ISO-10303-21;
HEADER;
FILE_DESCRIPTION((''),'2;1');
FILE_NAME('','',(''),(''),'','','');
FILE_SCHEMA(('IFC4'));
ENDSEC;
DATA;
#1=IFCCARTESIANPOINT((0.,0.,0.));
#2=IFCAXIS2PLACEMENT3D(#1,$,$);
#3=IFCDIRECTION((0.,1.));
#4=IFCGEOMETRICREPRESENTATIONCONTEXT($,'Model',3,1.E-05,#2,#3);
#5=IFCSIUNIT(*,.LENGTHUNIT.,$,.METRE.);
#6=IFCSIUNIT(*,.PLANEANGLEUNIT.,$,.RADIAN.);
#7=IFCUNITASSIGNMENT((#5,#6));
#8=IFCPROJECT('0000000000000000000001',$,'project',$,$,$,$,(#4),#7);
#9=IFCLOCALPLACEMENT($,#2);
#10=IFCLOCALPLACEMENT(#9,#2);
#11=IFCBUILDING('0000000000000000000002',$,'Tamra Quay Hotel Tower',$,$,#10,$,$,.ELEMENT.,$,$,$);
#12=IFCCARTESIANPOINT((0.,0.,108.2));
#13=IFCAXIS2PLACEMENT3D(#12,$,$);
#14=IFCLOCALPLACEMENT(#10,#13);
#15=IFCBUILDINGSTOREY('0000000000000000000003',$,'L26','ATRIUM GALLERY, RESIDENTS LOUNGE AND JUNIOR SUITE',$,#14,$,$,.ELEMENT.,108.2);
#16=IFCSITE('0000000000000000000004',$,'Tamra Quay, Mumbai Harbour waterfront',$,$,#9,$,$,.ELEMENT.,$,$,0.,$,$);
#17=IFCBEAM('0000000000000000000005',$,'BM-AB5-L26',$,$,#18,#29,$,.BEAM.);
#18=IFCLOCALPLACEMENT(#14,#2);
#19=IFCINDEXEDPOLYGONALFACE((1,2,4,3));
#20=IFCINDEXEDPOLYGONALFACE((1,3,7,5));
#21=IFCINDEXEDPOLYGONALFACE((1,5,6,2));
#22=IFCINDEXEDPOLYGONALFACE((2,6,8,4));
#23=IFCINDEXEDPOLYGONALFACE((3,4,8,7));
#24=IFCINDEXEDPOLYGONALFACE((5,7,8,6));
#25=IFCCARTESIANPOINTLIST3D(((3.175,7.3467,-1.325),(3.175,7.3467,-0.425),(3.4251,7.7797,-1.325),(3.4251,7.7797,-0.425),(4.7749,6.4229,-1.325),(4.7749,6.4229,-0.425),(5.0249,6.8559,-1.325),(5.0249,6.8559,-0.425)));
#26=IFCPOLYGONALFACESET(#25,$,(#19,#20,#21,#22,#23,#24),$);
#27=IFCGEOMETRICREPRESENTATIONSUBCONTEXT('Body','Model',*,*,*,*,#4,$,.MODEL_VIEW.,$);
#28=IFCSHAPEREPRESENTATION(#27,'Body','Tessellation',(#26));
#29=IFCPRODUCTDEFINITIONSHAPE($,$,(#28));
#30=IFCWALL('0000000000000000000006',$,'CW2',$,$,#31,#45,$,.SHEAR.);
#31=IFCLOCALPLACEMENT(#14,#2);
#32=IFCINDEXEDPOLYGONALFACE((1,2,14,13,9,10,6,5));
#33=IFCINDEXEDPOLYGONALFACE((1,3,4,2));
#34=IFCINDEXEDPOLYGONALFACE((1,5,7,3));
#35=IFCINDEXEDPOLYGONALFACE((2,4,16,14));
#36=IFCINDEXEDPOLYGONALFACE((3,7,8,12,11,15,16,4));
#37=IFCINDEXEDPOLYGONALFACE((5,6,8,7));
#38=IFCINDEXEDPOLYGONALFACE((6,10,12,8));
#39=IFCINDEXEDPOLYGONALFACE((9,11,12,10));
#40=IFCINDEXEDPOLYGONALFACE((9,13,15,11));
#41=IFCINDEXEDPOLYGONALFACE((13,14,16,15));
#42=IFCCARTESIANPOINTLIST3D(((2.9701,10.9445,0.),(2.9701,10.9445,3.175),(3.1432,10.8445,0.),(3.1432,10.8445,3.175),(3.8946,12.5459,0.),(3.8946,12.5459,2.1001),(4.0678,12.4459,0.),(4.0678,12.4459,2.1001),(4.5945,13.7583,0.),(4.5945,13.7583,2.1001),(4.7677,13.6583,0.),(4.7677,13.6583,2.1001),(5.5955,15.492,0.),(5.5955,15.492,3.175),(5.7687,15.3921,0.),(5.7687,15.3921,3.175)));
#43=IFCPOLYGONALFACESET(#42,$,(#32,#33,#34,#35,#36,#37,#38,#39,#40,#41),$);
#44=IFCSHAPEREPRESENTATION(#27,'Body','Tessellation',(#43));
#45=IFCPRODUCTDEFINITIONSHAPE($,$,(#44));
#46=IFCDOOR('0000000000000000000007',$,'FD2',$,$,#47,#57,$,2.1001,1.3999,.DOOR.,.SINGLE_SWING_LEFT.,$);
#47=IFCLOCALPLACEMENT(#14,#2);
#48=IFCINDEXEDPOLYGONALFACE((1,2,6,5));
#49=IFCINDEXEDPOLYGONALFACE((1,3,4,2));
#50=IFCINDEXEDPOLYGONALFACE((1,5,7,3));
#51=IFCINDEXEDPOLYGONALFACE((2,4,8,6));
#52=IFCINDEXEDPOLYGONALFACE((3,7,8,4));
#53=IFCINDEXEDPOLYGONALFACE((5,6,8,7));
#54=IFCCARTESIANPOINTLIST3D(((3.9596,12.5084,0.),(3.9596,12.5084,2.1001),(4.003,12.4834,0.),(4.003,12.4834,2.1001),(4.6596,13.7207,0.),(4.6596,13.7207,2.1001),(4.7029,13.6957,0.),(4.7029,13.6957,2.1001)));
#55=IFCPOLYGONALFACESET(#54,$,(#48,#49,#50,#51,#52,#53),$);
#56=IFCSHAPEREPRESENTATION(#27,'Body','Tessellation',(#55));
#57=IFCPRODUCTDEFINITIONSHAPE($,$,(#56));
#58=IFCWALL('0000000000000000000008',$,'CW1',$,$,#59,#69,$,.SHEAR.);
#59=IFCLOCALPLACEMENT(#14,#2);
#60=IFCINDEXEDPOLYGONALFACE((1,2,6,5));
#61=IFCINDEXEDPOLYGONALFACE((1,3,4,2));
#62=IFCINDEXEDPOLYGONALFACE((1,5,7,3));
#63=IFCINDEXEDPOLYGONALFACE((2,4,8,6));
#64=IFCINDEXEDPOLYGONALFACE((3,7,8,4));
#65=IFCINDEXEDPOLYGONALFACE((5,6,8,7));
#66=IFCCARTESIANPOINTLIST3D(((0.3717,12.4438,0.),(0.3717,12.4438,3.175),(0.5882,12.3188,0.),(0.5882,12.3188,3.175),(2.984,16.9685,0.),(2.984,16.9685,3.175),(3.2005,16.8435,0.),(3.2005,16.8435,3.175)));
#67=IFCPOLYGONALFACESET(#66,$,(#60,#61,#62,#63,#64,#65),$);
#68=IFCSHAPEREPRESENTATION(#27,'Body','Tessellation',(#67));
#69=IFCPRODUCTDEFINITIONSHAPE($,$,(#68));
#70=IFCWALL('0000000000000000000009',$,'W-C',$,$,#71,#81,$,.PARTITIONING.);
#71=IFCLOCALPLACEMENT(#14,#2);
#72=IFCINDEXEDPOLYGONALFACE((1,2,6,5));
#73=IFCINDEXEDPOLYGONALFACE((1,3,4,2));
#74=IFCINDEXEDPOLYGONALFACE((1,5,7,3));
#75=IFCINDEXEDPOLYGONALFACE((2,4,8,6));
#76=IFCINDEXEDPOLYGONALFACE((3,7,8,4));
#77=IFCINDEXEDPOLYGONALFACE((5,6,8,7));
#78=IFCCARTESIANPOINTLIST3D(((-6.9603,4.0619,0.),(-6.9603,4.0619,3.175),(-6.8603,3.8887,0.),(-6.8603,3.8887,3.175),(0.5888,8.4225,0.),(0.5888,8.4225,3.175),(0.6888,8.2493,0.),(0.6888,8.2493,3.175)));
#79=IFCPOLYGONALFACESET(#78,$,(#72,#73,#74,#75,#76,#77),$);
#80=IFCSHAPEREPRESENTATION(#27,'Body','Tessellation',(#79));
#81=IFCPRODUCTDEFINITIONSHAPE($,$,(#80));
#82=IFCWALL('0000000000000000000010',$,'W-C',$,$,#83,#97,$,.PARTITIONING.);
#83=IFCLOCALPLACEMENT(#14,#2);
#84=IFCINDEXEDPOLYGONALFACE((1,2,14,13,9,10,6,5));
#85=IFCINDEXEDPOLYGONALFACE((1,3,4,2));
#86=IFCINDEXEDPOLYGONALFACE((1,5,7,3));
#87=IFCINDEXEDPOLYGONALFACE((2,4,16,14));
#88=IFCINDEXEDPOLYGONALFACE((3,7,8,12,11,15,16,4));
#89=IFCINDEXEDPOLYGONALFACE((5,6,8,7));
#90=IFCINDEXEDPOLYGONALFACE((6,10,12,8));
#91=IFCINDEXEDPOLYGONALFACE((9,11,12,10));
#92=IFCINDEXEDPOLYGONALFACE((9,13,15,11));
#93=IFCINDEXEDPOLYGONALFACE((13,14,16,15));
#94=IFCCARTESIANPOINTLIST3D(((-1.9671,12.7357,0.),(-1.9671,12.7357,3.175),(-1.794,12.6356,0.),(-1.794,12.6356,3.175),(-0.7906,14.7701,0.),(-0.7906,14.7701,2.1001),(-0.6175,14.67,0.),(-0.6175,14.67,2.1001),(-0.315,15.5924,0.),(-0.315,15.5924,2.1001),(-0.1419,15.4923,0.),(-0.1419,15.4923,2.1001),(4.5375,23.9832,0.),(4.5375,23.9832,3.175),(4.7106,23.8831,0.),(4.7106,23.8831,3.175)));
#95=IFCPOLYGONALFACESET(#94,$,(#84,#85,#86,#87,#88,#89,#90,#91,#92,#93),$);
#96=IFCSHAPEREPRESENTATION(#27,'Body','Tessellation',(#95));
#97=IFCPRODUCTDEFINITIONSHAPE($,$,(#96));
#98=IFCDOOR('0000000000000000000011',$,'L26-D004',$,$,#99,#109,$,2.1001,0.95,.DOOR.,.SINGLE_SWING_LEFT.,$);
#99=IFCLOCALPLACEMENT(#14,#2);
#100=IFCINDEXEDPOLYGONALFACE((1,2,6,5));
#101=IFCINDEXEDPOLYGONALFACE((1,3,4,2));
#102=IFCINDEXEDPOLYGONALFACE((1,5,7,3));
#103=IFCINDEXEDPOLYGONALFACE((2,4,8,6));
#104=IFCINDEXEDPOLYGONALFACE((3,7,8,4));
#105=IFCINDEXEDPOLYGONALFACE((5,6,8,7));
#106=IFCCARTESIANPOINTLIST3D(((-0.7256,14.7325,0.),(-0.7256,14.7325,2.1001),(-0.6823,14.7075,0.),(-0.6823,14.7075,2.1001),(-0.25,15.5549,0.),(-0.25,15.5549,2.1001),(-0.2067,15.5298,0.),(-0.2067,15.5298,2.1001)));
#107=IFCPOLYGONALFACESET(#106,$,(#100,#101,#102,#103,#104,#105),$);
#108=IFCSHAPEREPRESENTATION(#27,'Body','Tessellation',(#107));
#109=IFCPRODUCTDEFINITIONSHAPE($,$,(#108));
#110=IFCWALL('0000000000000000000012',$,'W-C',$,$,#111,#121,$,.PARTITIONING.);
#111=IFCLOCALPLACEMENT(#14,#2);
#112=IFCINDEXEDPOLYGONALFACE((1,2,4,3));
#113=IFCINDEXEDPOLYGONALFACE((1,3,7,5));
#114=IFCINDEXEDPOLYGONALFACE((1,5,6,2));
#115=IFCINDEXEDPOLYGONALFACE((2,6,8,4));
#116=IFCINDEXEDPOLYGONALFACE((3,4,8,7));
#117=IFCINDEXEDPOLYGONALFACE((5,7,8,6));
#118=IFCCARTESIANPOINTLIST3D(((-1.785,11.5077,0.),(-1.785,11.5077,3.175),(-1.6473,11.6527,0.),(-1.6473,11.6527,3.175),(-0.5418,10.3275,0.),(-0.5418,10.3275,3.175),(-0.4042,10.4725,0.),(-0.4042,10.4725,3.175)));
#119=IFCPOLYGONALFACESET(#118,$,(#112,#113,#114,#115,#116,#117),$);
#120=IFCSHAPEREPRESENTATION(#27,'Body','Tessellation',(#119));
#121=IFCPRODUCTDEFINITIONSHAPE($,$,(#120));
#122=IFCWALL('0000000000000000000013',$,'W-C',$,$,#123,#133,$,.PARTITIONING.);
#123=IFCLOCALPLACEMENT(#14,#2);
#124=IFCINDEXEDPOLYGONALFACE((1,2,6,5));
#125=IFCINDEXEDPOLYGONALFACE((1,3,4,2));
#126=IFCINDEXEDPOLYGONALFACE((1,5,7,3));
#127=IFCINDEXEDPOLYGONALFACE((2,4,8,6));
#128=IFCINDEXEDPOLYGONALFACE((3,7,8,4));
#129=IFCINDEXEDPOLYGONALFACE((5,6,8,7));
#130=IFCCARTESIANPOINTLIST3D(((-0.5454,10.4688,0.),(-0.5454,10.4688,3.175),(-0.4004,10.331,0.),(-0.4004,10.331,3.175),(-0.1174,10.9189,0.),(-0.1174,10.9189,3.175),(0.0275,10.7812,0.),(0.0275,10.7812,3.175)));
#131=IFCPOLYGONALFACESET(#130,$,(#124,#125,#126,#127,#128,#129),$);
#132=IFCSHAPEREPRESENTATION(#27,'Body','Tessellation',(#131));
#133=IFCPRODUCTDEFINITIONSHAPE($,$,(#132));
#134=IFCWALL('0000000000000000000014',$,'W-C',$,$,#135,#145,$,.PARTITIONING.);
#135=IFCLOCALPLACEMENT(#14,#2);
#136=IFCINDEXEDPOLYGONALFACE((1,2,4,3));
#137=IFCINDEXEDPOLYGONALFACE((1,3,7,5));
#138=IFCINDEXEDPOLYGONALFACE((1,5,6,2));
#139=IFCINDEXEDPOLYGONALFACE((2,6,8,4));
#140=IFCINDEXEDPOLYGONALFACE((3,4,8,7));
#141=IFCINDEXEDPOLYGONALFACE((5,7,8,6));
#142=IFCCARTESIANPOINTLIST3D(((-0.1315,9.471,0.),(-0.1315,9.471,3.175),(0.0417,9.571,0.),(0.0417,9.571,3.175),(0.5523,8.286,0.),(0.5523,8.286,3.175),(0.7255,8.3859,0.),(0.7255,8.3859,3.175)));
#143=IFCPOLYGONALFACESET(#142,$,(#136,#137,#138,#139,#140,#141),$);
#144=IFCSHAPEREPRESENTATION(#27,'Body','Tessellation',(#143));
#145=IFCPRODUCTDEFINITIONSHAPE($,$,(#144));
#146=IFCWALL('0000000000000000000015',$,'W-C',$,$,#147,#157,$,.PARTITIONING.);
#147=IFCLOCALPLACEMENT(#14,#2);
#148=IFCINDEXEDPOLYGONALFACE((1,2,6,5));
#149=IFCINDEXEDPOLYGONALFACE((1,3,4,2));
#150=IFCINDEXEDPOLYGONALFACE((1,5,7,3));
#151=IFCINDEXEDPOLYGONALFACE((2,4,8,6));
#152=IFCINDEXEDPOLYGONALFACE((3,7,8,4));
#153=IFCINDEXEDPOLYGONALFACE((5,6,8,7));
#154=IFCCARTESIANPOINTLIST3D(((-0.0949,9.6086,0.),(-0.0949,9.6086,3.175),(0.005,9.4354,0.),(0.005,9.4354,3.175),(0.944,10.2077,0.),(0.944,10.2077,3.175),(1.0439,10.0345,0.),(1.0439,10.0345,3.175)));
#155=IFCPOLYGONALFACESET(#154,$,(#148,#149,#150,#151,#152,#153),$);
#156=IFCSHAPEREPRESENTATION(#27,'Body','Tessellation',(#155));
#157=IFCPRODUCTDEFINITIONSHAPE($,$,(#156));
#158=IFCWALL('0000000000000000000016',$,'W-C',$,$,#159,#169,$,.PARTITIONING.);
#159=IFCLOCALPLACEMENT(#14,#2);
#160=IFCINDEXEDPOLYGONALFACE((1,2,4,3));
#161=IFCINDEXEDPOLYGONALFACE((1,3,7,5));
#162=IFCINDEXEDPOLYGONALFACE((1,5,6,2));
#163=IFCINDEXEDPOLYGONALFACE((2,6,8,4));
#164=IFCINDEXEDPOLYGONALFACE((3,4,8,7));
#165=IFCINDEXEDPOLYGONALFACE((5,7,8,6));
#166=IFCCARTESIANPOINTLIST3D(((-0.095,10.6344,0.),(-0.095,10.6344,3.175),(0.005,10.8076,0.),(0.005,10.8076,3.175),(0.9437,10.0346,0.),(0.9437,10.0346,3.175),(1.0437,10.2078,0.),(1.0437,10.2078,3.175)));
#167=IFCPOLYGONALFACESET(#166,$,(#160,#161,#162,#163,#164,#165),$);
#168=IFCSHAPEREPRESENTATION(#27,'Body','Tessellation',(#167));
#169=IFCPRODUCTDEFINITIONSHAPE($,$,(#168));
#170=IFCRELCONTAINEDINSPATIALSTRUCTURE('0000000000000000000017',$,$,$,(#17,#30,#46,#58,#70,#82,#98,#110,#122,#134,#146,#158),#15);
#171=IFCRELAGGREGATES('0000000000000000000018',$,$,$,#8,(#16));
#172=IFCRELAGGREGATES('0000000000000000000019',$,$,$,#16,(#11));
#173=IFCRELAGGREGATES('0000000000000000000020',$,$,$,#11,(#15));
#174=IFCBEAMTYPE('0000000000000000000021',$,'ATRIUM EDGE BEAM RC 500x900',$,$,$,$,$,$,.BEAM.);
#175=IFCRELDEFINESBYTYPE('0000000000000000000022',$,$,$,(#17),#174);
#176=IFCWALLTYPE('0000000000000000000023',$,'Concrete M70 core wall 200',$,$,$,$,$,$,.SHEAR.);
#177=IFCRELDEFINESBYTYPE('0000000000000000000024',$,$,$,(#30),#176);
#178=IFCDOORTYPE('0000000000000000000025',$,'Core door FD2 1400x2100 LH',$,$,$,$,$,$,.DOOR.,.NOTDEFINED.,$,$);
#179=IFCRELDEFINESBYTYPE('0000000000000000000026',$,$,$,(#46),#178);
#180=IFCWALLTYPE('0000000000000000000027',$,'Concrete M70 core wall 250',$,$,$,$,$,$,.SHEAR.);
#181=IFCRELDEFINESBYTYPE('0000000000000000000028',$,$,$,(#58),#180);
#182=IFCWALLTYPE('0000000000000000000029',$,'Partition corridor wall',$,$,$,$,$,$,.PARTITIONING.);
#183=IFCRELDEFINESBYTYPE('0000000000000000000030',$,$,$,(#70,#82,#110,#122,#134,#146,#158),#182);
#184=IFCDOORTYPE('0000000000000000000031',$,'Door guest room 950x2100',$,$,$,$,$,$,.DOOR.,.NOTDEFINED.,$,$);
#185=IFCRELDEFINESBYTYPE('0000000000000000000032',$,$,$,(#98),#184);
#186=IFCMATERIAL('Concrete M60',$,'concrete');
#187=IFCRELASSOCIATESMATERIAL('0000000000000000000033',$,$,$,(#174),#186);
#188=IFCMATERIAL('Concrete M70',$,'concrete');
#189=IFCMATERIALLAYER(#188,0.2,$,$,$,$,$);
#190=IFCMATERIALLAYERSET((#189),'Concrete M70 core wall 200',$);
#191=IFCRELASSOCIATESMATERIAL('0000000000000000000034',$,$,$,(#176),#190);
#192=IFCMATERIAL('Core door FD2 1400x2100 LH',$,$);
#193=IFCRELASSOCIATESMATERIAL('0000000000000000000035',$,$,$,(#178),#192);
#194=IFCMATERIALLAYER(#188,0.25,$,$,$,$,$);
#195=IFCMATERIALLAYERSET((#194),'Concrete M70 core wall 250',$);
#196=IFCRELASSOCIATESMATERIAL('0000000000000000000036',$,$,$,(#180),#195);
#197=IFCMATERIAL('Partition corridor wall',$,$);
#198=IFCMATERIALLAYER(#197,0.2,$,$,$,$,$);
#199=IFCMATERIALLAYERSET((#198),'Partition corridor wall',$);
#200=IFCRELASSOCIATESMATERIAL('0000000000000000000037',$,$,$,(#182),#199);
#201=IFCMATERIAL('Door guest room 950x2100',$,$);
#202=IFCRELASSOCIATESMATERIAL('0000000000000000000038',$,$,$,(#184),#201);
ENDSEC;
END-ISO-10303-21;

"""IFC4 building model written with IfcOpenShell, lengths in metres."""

from ifc_helpers import new_model, si_unit, direction, frame, frame_2d, origin, origin_2d, place, context, subcontext, project, spatial, rectangle, extrude, material, layer, layer_set, material_profile, profile_set, type_object, element, fill, save


model = new_model("IFC4")

# Units and contexts
model_context = context("Model", 3, precision=1e-05, world=origin(), true_north=direction((0.0, 1.0)))
body_context = subcontext(model_context, "Body", "Model", "MODEL_VIEW")
ifc_project = project(units=[si_unit("LENGTHUNIT", "METRE"), si_unit("PLANEANGLEUNIT", "RADIAN")], contexts=[model_context])

# Site, building, storey
site_placement = place(None, origin())
site = spatial("IfcSite", under=ifc_project, at=site_placement, Name="Tamra Quay, Mumbai Harbour waterfront", CompositionType="ELEMENT", RefElevation=0.0)
building_placement = place(site_placement, origin())
building = spatial("IfcBuilding", under=site, at=building_placement, Name="Tamra Quay Hotel Tower", CompositionType="ELEMENT")
storey_placement = place(building_placement, frame((0.0, 0.0, 108.2)))
storey = spatial("IfcBuildingStorey", under=building, at=storey_placement, Name="L26", Description="ATRIUM GALLERY, RESIDENTS LOUNGE AND JUNIOR SUITE", CompositionType="ELEMENT", Elevation=108.2)

# Beam
ifc_material_1 = material(Name="Concrete M60", Category="concrete")
ifc_material_profile = material_profile(ifc_material_1, rectangle(XDim=0.5, YDim=0.8999, at=origin_2d()), Name="ATRIUM EDGE BEAM RC 500x900")
ifc_profile_set = profile_set([ifc_material_profile], Name="Concrete M60")
beam_type = type_object("IfcBeamType", Name="ATRIUM EDGE BEAM RC 500x900", PredefinedType="BEAM", material=ifc_profile_set)
beam_placement = place(storey_placement, frame((3.3, 7.5632, -0.875), z_axis=(0.86599, -0.500062, 0.0), x_axis=(0.500062, 0.86599, 0.0)))
element("IfcBeam", 1, at=beam_placement, inside=storey, type_object=beam_type, Name="BM-AB5-L26", PredefinedType="BEAM", context=body_context, shape_type="SweptSolid", body=[
    extrude(rectangle(XDim=0.5, YDim=0.8999, at=origin_2d()), origin(), (0.0, 0.0, 1.0), 1.8474),
])

# Wall, opening, door
ifc_material_2 = material(Name="Concrete M70", Category="concrete")
ifc_layer_1 = layer(ifc_material_2, 0.2)
ifc_layer_set_1 = layer_set([ifc_layer_1], Name="Concrete M70 core wall 200")
wall_type_1 = type_object("IfcWallType", Name="Concrete M70 core wall 200", PredefinedType="SHEAR", material=ifc_layer_set_1)
wall_1_placement = place(storey_placement, frame((3.0566, 10.8945, 0.0), z_axis=(0.0, 0.0, 1.0), x_axis=(0.499989, 0.866032, 0.0)))
wall_1 = element("IfcWall", 2, at=wall_1_placement, inside=storey, type_object=wall_type_1, Name="CW2", PredefinedType="SHEAR", context=body_context, shape_type="SweptSolid", body=[
    extrude(rectangle(XDim=5.251, YDim=0.2, at=frame_2d((2.6255, 0.0))), origin(), (0.0, 0.0, 1.0), 3.175),
])
opening_1_placement = place(wall_1_placement, frame((1.8491, 0.0, 0.0)))
opening_1 = element("IfcOpeningElement", 3, at=opening_1_placement, cuts=wall_1, PredefinedType="OPENING", context=body_context, shape_type="SweptSolid", body=[
    extrude(rectangle(XDim=1.3999, YDim=2.1001, at=frame_2d((0.7, 1.05))), frame((0.0, 0.1099, 0.0), z_axis=(0.0, -1.0, 0.0), x_axis=(1.0, 0.0, 0.0)), (0.0, 0.0, 1.0), 0.22),
])
ifc_material_3 = material(Name="Core door FD2 1400x2100 LH")
door_type_1 = type_object("IfcDoorType", Name="Core door FD2 1400x2100 LH", OperationType="NOTDEFINED", PredefinedType="DOOR", material=ifc_material_3)
door_1_placement = place(opening_1_placement, origin())
door_1 = element("IfcDoor", 4, at=door_1_placement, inside=storey, type_object=door_type_1, Name="FD2", OperationType="SINGLE_SWING_LEFT", OverallHeight=2.1001, OverallWidth=1.3999, PredefinedType="DOOR", context=body_context, shape_type="SweptSolid", body=[
    extrude(rectangle(XDim=1.3999, YDim=2.1001, at=frame_2d((0.7, 1.05))), frame((0.0, 0.0249, 0.0), z_axis=(0.0, -1.0, 0.0), x_axis=(1.0, 0.0, 0.0)), (0.0, 0.0, 1.0), 0.05),
])
fill(opening_1, door_1)

# Walls
ifc_layer_2 = layer(ifc_material_2, 0.25)
ifc_layer_set_2 = layer_set([ifc_layer_2], Name="Concrete M70 core wall 250")
wall_type_2 = type_object("IfcWallType", Name="Concrete M70 core wall 250", PredefinedType="SHEAR", material=ifc_layer_set_2)
wall_2_placement = place(storey_placement, frame((0.48, 12.3813, 0.0), z_axis=(0.0, 0.0, 1.0), x_axis=(0.499999, 0.866026, 0.0)))
element("IfcWall", 5, at=wall_2_placement, inside=storey, type_object=wall_type_2, Name="CW1", PredefinedType="SHEAR", context=body_context, shape_type="SweptSolid", body=[
    extrude(rectangle(XDim=5.2246, YDim=0.25, at=frame_2d((2.6123, 0.0))), origin(), (0.0, 0.0, 1.0), 3.175),
])
ifc_material_4 = material(Name="Partition corridor wall")
ifc_layer_3 = layer(ifc_material_4, 0.2)
ifc_layer_set_3 = layer_set([ifc_layer_3], Name="Partition corridor wall")
wall_type_3 = type_object("IfcWallType", Name="Partition corridor wall", PredefinedType="PARTITIONING", material=ifc_layer_set_3)
wall_3_placement = place(storey_placement, frame((-6.9102, 3.9753, 0.0), z_axis=(0.0, 0.0, 1.0), x_axis=(0.865919, 0.500184, 0.0)))
element("IfcWall", 6, at=wall_3_placement, inside=storey, type_object=wall_type_3, Name="W-C", PredefinedType="PARTITIONING", context=body_context, shape_type="SweptSolid", body=[
    extrude(rectangle(XDim=8.718, YDim=0.2, at=frame_2d((4.3589, 0.0))), origin(), (0.0, 0.0, 1.0), 3.175),
])

# Wall, opening, door
wall_4_placement = place(storey_placement, frame((-1.8806, 12.6855, 0.0), z_axis=(0.0, 0.0, 1.0), x_axis=(0.500627, 0.865663, 0.0)))
wall_4 = element("IfcWall", 7, at=wall_4_placement, inside=storey, type_object=wall_type_3, Name="W-C", PredefinedType="PARTITIONING", context=body_context, shape_type="SweptSolid", body=[
    extrude(rectangle(XDim=12.9929, YDim=0.2, at=frame_2d((6.4966, 0.0))), origin(), (0.0, 0.0, 1.0), 3.175),
])
opening_2_placement = place(wall_4_placement, frame((2.3501, 0.0, 0.0)))
opening_2 = element("IfcOpeningElement", 8, at=opening_2_placement, cuts=wall_4, PredefinedType="OPENING", context=body_context, shape_type="SweptSolid", body=[
    extrude(rectangle(XDim=0.95, YDim=2.1001, at=frame_2d((0.4751, 1.05))), frame((0.0, 0.1099, 0.0), z_axis=(0.0, -1.0, 0.0), x_axis=(1.0, 0.0, 0.0)), (0.0, 0.0, 1.0), 0.22),
])
ifc_material_5 = material(Name="Door guest room 950x2100")
door_type_2 = type_object("IfcDoorType", Name="Door guest room 950x2100", OperationType="NOTDEFINED", PredefinedType="DOOR", material=ifc_material_5)
door_2_placement = place(opening_2_placement, origin())
door_2 = element("IfcDoor", 9, at=door_2_placement, inside=storey, type_object=door_type_2, Name="L26-D004", OperationType="SINGLE_SWING_LEFT", OverallHeight=2.1001, OverallWidth=0.95, PredefinedType="DOOR", context=body_context, shape_type="SweptSolid", body=[
    extrude(rectangle(XDim=0.95, YDim=2.1001, at=frame_2d((0.4751, 1.05))), frame((0.0, 0.0249, 0.0), z_axis=(0.0, -1.0, 0.0), x_axis=(1.0, 0.0, 0.0)), (0.0, 0.0, 1.0), 0.05),
])
fill(opening_2, door_2)

# Walls
wall_5_placement = place(storey_placement, frame((-1.7161, 11.5801, 0.0), z_axis=(0.0, 0.0, 1.0), x_axis=(0.725241, -0.688495, 0.0)))
element("IfcWall", 10, at=wall_5_placement, inside=storey, type_object=wall_type_3, Name="W-C", PredefinedType="PARTITIONING", context=body_context, shape_type="SweptSolid", body=[
    extrude(rectangle(XDim=1.7141, YDim=0.2, at=frame_2d((0.8569, 0.0))), origin(), (0.0, 0.0, 1.0), 3.175),
])
wall_6_placement = place(storey_placement, frame((-0.4729, 10.3999, 0.0), z_axis=(0.0, 0.0, 1.0), x_axis=(0.688997, 0.724764, 0.0)))
element("IfcWall", 11, at=wall_6_placement, inside=storey, type_object=wall_type_3, Name="W-C", PredefinedType="PARTITIONING", context=body_context, shape_type="SweptSolid", body=[
    extrude(rectangle(XDim=0.6211, YDim=0.2, at=frame_2d((0.3105, 0.0))), origin(), (0.0, 0.0, 1.0), 3.175),
])
wall_7_placement = place(storey_placement, frame((-0.0449, 9.521, 0.0), z_axis=(0.0, 0.0, 1.0), x_axis=(0.499805, -0.866138, 0.0)))
element("IfcWall", 12, at=wall_7_placement, inside=storey, type_object=wall_type_3, Name="W-C", PredefinedType="PARTITIONING", context=body_context, shape_type="SweptSolid", body=[
    extrude(rectangle(XDim=1.3682, YDim=0.2, at=frame_2d((0.6841, 0.0))), origin(), (0.0, 0.0, 1.0), 3.175),
])
wall_8_placement = place(storey_placement, frame((-0.0449, 9.522, 0.0), z_axis=(0.0, 0.0, 1.0), x_axis=(0.866257, 0.499599, 0.0)))
element("IfcWall", 13, at=wall_8_placement, inside=storey, type_object=wall_type_3, Name="W-C", PredefinedType="PARTITIONING", context=body_context, shape_type="SweptSolid", body=[
    extrude(rectangle(XDim=1.1992, YDim=0.2, at=frame_2d((0.5996, 0.0))), origin(), (0.0, 0.0, 1.0), 3.175),
])
wall_9_placement = place(storey_placement, frame((-0.0449, 10.7209, 0.0), z_axis=(0.0, 0.0, 1.0), x_axis=(0.865992, -0.500057, 0.0)))
element("IfcWall", 14, at=wall_9_placement, inside=storey, type_object=wall_type_3, Name="W-C", PredefinedType="PARTITIONING", context=body_context, shape_type="SweptSolid", body=[
    extrude(rectangle(XDim=1.1995, YDim=0.2, at=frame_2d((0.5996, 0.0))), origin(), (0.0, 0.0, 1.0), 3.175),
])

save(model, "model.ifc")
